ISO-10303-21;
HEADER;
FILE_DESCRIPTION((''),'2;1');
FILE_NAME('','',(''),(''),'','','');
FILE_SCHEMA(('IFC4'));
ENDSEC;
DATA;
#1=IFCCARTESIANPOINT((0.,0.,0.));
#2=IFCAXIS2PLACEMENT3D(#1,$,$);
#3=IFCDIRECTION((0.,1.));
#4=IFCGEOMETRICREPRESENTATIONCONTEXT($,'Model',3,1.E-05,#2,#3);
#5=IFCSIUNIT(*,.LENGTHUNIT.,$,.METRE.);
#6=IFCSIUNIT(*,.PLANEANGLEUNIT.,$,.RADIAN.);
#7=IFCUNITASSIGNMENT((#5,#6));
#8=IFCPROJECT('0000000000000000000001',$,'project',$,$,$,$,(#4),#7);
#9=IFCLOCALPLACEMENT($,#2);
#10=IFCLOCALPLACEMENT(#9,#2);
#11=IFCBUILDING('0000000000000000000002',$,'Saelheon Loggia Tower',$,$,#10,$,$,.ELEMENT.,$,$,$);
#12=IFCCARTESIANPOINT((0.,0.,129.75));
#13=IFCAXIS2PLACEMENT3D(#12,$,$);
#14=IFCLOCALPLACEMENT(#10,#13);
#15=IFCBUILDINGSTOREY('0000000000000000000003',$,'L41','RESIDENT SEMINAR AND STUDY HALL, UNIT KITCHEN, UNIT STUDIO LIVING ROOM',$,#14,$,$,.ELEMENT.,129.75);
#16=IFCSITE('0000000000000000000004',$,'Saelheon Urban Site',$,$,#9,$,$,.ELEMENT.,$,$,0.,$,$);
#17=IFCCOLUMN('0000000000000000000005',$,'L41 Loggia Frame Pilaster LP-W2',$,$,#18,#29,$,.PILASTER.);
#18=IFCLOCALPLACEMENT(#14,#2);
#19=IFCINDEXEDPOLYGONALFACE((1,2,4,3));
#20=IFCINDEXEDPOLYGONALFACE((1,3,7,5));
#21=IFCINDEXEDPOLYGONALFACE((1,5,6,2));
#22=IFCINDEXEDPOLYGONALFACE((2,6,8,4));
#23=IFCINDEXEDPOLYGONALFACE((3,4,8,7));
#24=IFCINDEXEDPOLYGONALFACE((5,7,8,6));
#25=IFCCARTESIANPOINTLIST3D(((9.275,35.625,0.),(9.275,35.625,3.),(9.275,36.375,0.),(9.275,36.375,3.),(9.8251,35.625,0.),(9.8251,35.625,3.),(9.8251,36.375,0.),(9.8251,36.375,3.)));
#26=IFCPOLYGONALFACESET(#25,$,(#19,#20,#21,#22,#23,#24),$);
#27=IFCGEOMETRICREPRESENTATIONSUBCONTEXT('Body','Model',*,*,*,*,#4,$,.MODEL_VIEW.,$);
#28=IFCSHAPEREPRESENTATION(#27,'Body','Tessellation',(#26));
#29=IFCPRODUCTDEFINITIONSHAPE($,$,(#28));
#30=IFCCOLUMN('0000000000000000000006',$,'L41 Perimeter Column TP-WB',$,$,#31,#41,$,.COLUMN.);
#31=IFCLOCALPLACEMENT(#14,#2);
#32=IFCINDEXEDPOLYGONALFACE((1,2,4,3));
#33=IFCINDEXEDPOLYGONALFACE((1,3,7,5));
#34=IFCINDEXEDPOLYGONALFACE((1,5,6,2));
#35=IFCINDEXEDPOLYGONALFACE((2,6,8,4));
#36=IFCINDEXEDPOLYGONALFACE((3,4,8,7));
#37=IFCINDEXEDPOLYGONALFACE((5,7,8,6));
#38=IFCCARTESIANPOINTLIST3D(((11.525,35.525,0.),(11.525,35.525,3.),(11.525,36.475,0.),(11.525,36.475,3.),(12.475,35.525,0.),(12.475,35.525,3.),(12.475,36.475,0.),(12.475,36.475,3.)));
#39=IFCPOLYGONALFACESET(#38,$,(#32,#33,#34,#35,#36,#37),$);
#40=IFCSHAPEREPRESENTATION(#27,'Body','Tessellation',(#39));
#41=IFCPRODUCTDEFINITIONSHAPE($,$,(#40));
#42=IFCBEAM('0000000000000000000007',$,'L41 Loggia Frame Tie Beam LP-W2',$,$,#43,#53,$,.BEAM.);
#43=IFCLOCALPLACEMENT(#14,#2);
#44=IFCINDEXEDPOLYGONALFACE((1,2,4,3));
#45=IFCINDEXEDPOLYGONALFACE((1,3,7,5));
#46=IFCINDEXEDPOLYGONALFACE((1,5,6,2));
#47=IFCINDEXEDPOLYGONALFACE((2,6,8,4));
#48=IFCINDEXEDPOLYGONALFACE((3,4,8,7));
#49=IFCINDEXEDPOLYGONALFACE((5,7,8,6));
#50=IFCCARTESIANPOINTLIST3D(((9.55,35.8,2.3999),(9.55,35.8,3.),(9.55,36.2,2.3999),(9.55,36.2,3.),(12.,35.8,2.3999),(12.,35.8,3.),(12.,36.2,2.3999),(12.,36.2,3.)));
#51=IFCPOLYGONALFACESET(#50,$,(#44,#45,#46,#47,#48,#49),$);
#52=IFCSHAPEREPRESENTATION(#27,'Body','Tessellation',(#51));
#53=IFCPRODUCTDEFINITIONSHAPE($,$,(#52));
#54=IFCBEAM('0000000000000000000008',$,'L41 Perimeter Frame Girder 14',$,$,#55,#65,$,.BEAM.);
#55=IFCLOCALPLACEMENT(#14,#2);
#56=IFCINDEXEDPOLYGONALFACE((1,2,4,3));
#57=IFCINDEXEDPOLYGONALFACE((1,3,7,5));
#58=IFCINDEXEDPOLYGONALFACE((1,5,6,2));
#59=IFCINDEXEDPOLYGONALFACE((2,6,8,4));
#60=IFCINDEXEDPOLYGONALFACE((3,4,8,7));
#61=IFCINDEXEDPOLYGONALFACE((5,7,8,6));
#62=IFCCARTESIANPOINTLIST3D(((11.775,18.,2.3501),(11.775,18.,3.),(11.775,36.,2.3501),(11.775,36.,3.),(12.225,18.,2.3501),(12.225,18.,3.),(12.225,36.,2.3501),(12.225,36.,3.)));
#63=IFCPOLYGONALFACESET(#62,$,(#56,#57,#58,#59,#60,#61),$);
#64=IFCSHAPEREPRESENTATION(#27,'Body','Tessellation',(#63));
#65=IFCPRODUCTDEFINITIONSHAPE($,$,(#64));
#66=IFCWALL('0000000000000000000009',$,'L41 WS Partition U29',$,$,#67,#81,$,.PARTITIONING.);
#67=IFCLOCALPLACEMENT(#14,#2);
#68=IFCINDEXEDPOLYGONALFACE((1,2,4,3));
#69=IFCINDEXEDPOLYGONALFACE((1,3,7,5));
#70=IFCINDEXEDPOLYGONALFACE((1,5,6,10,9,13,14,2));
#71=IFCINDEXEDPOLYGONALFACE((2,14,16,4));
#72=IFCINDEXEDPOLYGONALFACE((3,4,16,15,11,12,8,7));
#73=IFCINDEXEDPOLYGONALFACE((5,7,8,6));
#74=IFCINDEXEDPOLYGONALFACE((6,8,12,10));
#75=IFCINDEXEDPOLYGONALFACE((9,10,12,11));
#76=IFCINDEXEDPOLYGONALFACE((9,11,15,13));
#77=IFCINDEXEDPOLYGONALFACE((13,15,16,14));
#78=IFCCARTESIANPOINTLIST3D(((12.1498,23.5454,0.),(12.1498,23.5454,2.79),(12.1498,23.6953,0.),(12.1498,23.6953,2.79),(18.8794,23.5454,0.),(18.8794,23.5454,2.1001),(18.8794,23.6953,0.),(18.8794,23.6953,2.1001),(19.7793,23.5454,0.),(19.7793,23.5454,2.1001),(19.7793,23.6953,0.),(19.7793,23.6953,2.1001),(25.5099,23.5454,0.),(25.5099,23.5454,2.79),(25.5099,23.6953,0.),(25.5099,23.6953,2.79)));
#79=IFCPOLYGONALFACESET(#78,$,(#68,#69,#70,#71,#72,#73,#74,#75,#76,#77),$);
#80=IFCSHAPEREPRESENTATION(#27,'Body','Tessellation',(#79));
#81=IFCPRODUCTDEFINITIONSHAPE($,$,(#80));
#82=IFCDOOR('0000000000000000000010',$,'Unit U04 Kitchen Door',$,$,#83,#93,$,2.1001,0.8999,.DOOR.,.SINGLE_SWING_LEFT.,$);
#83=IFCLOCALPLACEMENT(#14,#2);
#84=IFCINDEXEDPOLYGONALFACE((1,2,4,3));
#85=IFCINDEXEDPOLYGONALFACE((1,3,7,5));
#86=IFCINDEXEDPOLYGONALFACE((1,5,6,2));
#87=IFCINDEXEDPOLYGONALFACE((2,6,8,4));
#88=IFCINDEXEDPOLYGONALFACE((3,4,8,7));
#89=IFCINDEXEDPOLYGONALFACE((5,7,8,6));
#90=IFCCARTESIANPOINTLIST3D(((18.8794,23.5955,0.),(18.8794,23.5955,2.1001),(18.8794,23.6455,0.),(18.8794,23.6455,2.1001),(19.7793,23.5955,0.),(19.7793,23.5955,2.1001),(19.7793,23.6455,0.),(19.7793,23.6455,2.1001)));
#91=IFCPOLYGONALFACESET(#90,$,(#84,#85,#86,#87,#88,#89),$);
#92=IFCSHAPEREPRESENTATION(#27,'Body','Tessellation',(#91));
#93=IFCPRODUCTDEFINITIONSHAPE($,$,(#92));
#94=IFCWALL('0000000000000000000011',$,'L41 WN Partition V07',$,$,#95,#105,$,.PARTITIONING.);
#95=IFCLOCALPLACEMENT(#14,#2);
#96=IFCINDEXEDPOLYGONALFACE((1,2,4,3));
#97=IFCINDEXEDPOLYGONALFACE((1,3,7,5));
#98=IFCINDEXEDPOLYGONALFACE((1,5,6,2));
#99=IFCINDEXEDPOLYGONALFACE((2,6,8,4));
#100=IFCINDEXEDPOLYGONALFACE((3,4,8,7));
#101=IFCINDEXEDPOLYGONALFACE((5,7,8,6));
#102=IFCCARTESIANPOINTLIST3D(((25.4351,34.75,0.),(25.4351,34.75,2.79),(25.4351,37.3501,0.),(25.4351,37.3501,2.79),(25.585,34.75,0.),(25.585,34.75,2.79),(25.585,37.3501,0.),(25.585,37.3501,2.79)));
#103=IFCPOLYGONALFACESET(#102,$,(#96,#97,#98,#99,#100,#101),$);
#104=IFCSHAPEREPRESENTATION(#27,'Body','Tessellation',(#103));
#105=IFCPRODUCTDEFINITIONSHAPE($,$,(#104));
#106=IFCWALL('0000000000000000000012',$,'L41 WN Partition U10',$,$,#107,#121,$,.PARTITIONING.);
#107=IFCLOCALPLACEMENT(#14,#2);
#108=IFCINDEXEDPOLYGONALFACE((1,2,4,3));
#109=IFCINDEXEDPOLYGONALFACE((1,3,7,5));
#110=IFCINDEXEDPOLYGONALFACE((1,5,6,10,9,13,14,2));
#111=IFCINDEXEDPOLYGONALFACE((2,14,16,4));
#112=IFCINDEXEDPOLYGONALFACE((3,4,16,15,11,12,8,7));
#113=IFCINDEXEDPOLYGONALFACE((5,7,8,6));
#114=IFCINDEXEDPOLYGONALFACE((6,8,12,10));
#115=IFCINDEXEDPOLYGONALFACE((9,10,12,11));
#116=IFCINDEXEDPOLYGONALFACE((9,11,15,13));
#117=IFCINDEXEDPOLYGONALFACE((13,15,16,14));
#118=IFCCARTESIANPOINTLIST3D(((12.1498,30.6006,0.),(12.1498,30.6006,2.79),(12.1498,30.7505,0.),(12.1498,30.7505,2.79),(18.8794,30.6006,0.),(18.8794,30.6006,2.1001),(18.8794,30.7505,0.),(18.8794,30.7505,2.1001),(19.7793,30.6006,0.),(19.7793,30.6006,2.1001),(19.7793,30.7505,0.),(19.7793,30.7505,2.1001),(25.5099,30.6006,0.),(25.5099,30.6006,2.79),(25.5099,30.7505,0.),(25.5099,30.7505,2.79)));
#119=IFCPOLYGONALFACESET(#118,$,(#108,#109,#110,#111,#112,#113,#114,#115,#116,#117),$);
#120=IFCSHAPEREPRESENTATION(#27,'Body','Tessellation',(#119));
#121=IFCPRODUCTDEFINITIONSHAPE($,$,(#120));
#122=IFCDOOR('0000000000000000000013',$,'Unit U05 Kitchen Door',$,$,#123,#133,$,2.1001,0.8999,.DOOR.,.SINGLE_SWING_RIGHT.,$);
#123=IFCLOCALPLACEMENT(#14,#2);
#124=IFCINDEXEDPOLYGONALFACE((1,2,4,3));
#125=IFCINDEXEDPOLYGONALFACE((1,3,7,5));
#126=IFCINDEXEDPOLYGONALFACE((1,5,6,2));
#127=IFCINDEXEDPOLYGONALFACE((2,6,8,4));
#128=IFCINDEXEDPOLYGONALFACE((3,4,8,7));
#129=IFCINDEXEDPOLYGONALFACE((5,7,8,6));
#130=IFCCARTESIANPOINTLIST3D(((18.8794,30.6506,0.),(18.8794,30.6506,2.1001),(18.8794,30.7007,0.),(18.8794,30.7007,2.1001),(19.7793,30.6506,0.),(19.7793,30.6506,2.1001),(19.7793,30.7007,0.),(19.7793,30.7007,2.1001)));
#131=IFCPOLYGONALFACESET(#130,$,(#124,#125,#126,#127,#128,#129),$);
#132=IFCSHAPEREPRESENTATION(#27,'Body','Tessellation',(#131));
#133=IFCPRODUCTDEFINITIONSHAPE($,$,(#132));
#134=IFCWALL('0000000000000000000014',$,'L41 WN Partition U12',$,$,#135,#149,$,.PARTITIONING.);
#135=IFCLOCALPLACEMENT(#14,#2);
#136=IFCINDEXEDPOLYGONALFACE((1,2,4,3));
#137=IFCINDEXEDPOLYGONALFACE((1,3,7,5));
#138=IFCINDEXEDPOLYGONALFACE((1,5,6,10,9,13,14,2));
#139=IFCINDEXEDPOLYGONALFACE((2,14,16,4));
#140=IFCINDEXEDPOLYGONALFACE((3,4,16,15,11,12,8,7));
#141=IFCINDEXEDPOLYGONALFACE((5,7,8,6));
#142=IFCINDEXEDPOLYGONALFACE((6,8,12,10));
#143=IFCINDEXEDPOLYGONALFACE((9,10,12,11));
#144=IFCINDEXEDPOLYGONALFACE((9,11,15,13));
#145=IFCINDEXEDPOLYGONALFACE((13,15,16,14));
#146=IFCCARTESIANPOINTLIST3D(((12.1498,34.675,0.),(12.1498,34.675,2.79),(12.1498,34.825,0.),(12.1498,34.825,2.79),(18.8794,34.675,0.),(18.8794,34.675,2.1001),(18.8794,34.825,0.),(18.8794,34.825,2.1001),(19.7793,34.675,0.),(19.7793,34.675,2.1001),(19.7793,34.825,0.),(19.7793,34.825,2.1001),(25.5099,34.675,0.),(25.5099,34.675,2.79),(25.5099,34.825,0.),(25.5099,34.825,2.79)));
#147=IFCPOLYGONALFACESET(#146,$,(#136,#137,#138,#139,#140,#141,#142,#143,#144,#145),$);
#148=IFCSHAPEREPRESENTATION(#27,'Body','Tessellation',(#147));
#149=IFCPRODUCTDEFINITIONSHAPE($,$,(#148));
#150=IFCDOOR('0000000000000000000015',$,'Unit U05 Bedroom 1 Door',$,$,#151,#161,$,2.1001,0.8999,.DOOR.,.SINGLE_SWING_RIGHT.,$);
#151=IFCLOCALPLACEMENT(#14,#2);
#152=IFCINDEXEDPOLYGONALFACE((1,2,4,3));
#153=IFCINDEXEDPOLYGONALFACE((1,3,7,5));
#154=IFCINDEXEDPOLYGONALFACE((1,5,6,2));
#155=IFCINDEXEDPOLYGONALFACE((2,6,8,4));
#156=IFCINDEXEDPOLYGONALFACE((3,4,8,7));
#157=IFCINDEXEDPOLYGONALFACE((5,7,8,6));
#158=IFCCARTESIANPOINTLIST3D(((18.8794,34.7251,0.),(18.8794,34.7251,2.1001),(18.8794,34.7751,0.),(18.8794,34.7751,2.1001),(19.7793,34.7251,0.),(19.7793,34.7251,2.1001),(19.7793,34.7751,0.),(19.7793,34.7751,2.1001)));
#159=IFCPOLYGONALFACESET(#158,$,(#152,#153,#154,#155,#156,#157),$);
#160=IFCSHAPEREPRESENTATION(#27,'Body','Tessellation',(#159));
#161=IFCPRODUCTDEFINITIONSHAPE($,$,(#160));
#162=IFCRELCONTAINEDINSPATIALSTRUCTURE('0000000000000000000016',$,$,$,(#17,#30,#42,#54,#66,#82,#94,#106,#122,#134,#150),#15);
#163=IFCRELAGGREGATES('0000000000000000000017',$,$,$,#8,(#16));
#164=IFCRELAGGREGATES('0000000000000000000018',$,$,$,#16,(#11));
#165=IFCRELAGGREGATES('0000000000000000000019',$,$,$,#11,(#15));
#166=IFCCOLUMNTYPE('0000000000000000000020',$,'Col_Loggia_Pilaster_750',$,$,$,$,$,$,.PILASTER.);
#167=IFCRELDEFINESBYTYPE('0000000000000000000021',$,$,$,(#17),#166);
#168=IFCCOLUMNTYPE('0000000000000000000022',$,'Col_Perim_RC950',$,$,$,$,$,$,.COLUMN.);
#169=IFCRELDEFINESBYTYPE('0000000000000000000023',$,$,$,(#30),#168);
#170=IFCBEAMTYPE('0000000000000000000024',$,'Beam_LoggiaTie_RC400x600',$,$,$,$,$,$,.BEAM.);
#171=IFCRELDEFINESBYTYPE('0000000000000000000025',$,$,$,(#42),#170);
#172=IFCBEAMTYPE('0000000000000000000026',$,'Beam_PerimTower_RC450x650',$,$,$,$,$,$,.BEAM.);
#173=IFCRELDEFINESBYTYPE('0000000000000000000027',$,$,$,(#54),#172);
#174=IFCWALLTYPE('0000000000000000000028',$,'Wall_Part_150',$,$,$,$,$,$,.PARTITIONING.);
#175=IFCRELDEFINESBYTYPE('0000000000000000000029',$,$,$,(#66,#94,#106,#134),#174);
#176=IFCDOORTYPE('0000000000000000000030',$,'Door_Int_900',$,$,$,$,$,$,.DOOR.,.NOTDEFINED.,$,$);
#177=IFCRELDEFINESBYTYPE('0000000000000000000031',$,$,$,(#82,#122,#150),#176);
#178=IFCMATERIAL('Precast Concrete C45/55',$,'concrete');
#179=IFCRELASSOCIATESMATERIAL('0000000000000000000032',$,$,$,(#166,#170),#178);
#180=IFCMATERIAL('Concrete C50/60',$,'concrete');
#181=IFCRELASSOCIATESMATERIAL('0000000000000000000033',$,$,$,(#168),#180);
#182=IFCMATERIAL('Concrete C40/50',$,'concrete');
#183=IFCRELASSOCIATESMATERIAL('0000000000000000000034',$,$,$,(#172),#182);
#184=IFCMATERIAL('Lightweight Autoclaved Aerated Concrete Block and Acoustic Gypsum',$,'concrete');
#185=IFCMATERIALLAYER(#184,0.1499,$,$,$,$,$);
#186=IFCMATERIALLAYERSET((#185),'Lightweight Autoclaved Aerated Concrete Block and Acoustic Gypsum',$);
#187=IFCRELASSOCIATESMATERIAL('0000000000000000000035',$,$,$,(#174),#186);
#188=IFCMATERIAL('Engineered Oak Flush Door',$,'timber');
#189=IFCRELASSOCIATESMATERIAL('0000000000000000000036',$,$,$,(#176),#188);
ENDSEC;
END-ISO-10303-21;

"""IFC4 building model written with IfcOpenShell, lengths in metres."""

from ifc_helpers import new_model, si_unit, direction, frame, frame_2d, origin, origin_2d, place, context, subcontext, project, spatial, rectangle, extrude, source, transform, mapped, material, layer, layer_set, material_profile, profile_set, type_object, element, fill, save


model = new_model("IFC4")

# Units and contexts
model_context = context("Model", 3, precision=1e-05, world=origin(), true_north=direction((0.0, 1.0)))
body_context = subcontext(model_context, "Body", "Model", "MODEL_VIEW")
ifc_project = project(units=[si_unit("LENGTHUNIT", "METRE"), si_unit("PLANEANGLEUNIT", "RADIAN")], contexts=[model_context])

# Site, building, storey
site_placement = place(None, origin())
site = spatial("IfcSite", under=ifc_project, at=site_placement, Name="Saelheon Urban Site", CompositionType="ELEMENT", RefElevation=0.0)
building_placement = place(site_placement, origin())
building = spatial("IfcBuilding", under=site, at=building_placement, Name="Saelheon Loggia Tower", CompositionType="ELEMENT")
storey_placement = place(building_placement, frame((0.0, 0.0, 129.75)))
storey = spatial("IfcBuildingStorey", under=building, at=storey_placement, Name="L41", Description="RESIDENT SEMINAR AND STUDY HALL, UNIT KITCHEN, UNIT STUDIO LIVING ROOM", CompositionType="ELEMENT", Elevation=129.75)

# Columns
ifc_material_1 = material(Name="Precast Concrete C45/55", Category="concrete")
ifc_material_profile_1 = material_profile(ifc_material_1, rectangle(XDim=0.55, YDim=0.75, at=origin_2d()), Name="RC-550x750")
ifc_profile_set_1 = profile_set([ifc_material_profile_1], Name="Precast Concrete C45/55")
column_type_1 = type_object("IfcColumnType", Name="Col_Loggia_Pilaster_750", PredefinedType="PILASTER", material=ifc_profile_set_1)
shared_shape_1 = source(origin(), body_context, "Body", "SweptSolid", [
    extrude(rectangle(XDim=0.55, YDim=0.75, at=origin_2d()), origin(), (0.0, 0.0, 1.0), 3.0),
])
column_1_placement = place(storey_placement, frame((9.55, 36.0, 0.0), z_axis=(0.0, 0.0, 1.0), x_axis=(1.0, 0.0, 0.0)))
element("IfcColumn", 1, at=column_1_placement, inside=storey, type_object=column_type_1, Name="L41 Loggia Frame Pilaster LP-W2", PredefinedType="PILASTER", context=body_context, shape_type="MappedRepresentation", body=[
    mapped(shared_shape_1, transform((0.0, 0.0, 0.0), scale=1.0)),
])
ifc_material_2 = material(Name="Concrete C50/60", Category="concrete")
ifc_material_profile_2 = material_profile(ifc_material_2, rectangle(XDim=0.95, YDim=0.95, at=origin_2d()), Name="RC-950x950")
ifc_profile_set_2 = profile_set([ifc_material_profile_2], Name="Concrete C50/60")
column_type_2 = type_object("IfcColumnType", Name="Col_Perim_RC950", PredefinedType="COLUMN", material=ifc_profile_set_2)
shared_shape_2 = source(origin(), body_context, "Body", "SweptSolid", [
    extrude(rectangle(XDim=0.95, YDim=0.95, at=origin_2d()), origin(), (0.0, 0.0, 1.0), 3.0),
])
column_2_placement = place(storey_placement, frame((12.0, 36.0, 0.0), z_axis=(0.0, 0.0, 1.0), x_axis=(1.0, 0.0, 0.0)))
element("IfcColumn", 2, at=column_2_placement, inside=storey, type_object=column_type_2, Name="L41 Perimeter Column TP-WB", PredefinedType="COLUMN", context=body_context, shape_type="MappedRepresentation", body=[
    mapped(shared_shape_2, transform((0.0, 0.0, 0.0), scale=1.0)),
])

# Beams
ifc_material_profile_3 = material_profile(ifc_material_1, rectangle(XDim=0.3999, YDim=0.6001, at=origin_2d()), Name="RC-400x600")
ifc_profile_set_3 = profile_set([ifc_material_profile_3], Name="Precast Concrete C45/55")
beam_type_1 = type_object("IfcBeamType", Name="Beam_LoggiaTie_RC400x600", PredefinedType="BEAM", material=ifc_profile_set_3)
shared_shape_3 = source(origin(), body_context, "Body", "SweptSolid", [
    extrude(rectangle(XDim=0.3999, YDim=0.6001, at=origin_2d()), origin(), (0.0, 0.0, 1.0), 2.45),
])
beam_1_placement = place(storey_placement, frame((12.0, 36.0, 2.7), z_axis=(-1.0, 0.0, 0.0), x_axis=(0.0, -1.0, 0.0)))
element("IfcBeam", 3, at=beam_1_placement, inside=storey, type_object=beam_type_1, Name="L41 Loggia Frame Tie Beam LP-W2", PredefinedType="BEAM", context=body_context, shape_type="MappedRepresentation", body=[
    mapped(shared_shape_3, transform((0.0, 0.0, 0.0), scale=1.0)),
])
ifc_material_3 = material(Name="Concrete C40/50", Category="concrete")
ifc_material_profile_4 = material_profile(ifc_material_3, rectangle(XDim=0.45, YDim=0.6499, at=origin_2d()), Name="RC-450x650")
ifc_profile_set_4 = profile_set([ifc_material_profile_4], Name="Concrete C40/50")
beam_type_2 = type_object("IfcBeamType", Name="Beam_PerimTower_RC450x650", PredefinedType="BEAM", material=ifc_profile_set_4)
shared_shape_4 = source(origin(), body_context, "Body", "SweptSolid", [
    extrude(rectangle(XDim=0.45, YDim=0.6499, at=origin_2d()), origin(), (0.0, 0.0, 1.0), 18.0),
])
beam_2_placement = place(storey_placement, frame((12.0, 36.0, 2.675), z_axis=(0.0, -1.0, 0.0), x_axis=(1.0, 0.0, 0.0)))
element("IfcBeam", 4, at=beam_2_placement, inside=storey, type_object=beam_type_2, Name="L41 Perimeter Frame Girder 14", PredefinedType="BEAM", context=body_context, shape_type="MappedRepresentation", body=[
    mapped(shared_shape_4, transform((0.0, 0.0, 0.0), scale=1.0)),
])

# Wall, opening, door
ifc_material_4 = material(Name="Lightweight Autoclaved Aerated Concrete Block and Acoustic Gypsum", Category="concrete")
ifc_layer_1 = layer(ifc_material_4, 0.1499)
ifc_layer_set_1 = layer_set([ifc_layer_1], Name="Lightweight Autoclaved Aerated Concrete Block and Acoustic Gypsum")
wall_type_1 = type_object("IfcWallType", Name="Wall_Part_150", PredefinedType="PARTITIONING", material=ifc_layer_set_1)
wall_1_placement = place(storey_placement, frame((25.51, 23.6204, 0.0), z_axis=(0.0, 0.0, 1.0), x_axis=(-1.0, 0.0, 0.0)))
wall_1 = element("IfcWall", 5, at=wall_1_placement, inside=storey, type_object=wall_type_1, Name="L41 WS Partition U29", PredefinedType="PARTITIONING", context=body_context, shape_type="SweptSolid", body=[
    extrude(rectangle(XDim=13.3601, YDim=0.1499, at=frame_2d((6.6802, 0.0))), origin(), (0.0, 0.0, 1.0), 2.79),
])
opening_1_placement = place(wall_1_placement, frame((5.7307, 0.0, 0.0)))
opening_1 = element("IfcOpeningElement", 6, at=opening_1_placement, cuts=wall_1, PredefinedType="OPENING", context=body_context, shape_type="SweptSolid", body=[
    extrude(rectangle(XDim=0.8999, YDim=2.1001, at=frame_2d((0.45, 1.05))), frame((0.0, 0.0869, 0.0), z_axis=(0.0, -1.0, 0.0), x_axis=(1.0, 0.0, 0.0)), (0.0, 0.0, 1.0), 0.1738),
])
ifc_material_5 = material(Name="Engineered Oak Flush Door", Category="timber")
door_type_1 = type_object("IfcDoorType", Name="Door_Int_900", OperationType="NOTDEFINED", PredefinedType="DOOR", material=ifc_material_5)
shared_shape_5 = source(origin(), body_context, "Body", "SweptSolid", [
    extrude(rectangle(XDim=0.8999, YDim=2.1001, at=frame_2d((0.45, 1.05))), frame((0.0, 0.0249, 0.0), z_axis=(0.0, -1.0, 0.0), x_axis=(1.0, 0.0, 0.0)), (0.0, 0.0, 1.0), 0.05),
])
door_1_placement = place(opening_1_placement, origin())
door_1 = element("IfcDoor", 7, at=door_1_placement, inside=storey, type_object=door_type_1, Name="Unit U04 Kitchen Door", OperationType="SINGLE_SWING_LEFT", OverallHeight=2.1001, OverallWidth=0.8999, PredefinedType="DOOR", context=body_context, shape_type="MappedRepresentation", body=[
    mapped(shared_shape_5, transform((0.0, 0.0, 0.0), scale=1.0)),
])
fill(opening_1, door_1)

# Wall
wall_2_placement = place(storey_placement, frame((25.51, 34.75, 0.0), z_axis=(0.0, 0.0, 1.0), x_axis=(0.0, 1.0, 0.0)))
element("IfcWall", 8, at=wall_2_placement, inside=storey, type_object=wall_type_1, Name="L41 WN Partition V07", PredefinedType="PARTITIONING", context=body_context, shape_type="SweptSolid", body=[
    extrude(rectangle(XDim=2.6001, YDim=0.1499, at=frame_2d((1.3, 0.0))), origin(), (0.0, 0.0, 1.0), 2.79),
])

# Walls, openings, doors
wall_3_placement = place(storey_placement, frame((25.51, 30.6755, 0.0), z_axis=(0.0, 0.0, 1.0), x_axis=(-1.0, 0.0, 0.0)))
wall_3 = element("IfcWall", 9, at=wall_3_placement, inside=storey, type_object=wall_type_1, Name="L41 WN Partition U10", PredefinedType="PARTITIONING", context=body_context, shape_type="SweptSolid", body=[
    extrude(rectangle(XDim=13.3601, YDim=0.1499, at=frame_2d((6.6802, 0.0))), origin(), (0.0, 0.0, 1.0), 2.79),
])
opening_2_placement = place(wall_3_placement, frame((5.7307, 0.0, 0.0)))
opening_2 = element("IfcOpeningElement", 10, at=opening_2_placement, cuts=wall_3, PredefinedType="OPENING", context=body_context, shape_type="SweptSolid", body=[
    extrude(rectangle(XDim=0.8999, YDim=2.1001, at=frame_2d((0.45, 1.05))), frame((0.0, 0.0869, 0.0), z_axis=(0.0, -1.0, 0.0), x_axis=(1.0, 0.0, 0.0)), (0.0, 0.0, 1.0), 0.1738),
])
door_2_placement = place(opening_2_placement, origin())
door_2 = element("IfcDoor", 11, at=door_2_placement, inside=storey, type_object=door_type_1, Name="Unit U05 Kitchen Door", OperationType="SINGLE_SWING_RIGHT", OverallHeight=2.1001, OverallWidth=0.8999, PredefinedType="DOOR", context=body_context, shape_type="MappedRepresentation", body=[
    mapped(shared_shape_5, transform((0.0, 0.0, 0.0), scale=1.0)),
])
fill(opening_2, door_2)
wall_4_placement = place(storey_placement, frame((25.51, 34.75, 0.0), z_axis=(0.0, 0.0, 1.0), x_axis=(-1.0, 0.0, 0.0)))
wall_4 = element("IfcWall", 12, at=wall_4_placement, inside=storey, type_object=wall_type_1, Name="L41 WN Partition U12", PredefinedType="PARTITIONING", context=body_context, shape_type="SweptSolid", body=[
    extrude(rectangle(XDim=13.3601, YDim=0.1499, at=frame_2d((6.6802, 0.0))), origin(), (0.0, 0.0, 1.0), 2.79),
])
opening_3_placement = place(wall_4_placement, frame((5.7307, 0.0, 0.0)))
opening_3 = element("IfcOpeningElement", 13, at=opening_3_placement, cuts=wall_4, PredefinedType="OPENING", context=body_context, shape_type="SweptSolid", body=[
    extrude(rectangle(XDim=0.8999, YDim=2.1001, at=frame_2d((0.45, 1.05))), frame((0.0, 0.0869, 0.0), z_axis=(0.0, -1.0, 0.0), x_axis=(1.0, 0.0, 0.0)), (0.0, 0.0, 1.0), 0.1738),
])
door_3_placement = place(opening_3_placement, origin())
door_3 = element("IfcDoor", 14, at=door_3_placement, inside=storey, type_object=door_type_1, Name="Unit U05 Bedroom 1 Door", OperationType="SINGLE_SWING_RIGHT", OverallHeight=2.1001, OverallWidth=0.8999, PredefinedType="DOOR", context=body_context, shape_type="MappedRepresentation", body=[
    mapped(shared_shape_5, transform((0.0, 0.0, 0.0), scale=1.0)),
])
fill(opening_3, door_3)

save(model, "model.ifc")
